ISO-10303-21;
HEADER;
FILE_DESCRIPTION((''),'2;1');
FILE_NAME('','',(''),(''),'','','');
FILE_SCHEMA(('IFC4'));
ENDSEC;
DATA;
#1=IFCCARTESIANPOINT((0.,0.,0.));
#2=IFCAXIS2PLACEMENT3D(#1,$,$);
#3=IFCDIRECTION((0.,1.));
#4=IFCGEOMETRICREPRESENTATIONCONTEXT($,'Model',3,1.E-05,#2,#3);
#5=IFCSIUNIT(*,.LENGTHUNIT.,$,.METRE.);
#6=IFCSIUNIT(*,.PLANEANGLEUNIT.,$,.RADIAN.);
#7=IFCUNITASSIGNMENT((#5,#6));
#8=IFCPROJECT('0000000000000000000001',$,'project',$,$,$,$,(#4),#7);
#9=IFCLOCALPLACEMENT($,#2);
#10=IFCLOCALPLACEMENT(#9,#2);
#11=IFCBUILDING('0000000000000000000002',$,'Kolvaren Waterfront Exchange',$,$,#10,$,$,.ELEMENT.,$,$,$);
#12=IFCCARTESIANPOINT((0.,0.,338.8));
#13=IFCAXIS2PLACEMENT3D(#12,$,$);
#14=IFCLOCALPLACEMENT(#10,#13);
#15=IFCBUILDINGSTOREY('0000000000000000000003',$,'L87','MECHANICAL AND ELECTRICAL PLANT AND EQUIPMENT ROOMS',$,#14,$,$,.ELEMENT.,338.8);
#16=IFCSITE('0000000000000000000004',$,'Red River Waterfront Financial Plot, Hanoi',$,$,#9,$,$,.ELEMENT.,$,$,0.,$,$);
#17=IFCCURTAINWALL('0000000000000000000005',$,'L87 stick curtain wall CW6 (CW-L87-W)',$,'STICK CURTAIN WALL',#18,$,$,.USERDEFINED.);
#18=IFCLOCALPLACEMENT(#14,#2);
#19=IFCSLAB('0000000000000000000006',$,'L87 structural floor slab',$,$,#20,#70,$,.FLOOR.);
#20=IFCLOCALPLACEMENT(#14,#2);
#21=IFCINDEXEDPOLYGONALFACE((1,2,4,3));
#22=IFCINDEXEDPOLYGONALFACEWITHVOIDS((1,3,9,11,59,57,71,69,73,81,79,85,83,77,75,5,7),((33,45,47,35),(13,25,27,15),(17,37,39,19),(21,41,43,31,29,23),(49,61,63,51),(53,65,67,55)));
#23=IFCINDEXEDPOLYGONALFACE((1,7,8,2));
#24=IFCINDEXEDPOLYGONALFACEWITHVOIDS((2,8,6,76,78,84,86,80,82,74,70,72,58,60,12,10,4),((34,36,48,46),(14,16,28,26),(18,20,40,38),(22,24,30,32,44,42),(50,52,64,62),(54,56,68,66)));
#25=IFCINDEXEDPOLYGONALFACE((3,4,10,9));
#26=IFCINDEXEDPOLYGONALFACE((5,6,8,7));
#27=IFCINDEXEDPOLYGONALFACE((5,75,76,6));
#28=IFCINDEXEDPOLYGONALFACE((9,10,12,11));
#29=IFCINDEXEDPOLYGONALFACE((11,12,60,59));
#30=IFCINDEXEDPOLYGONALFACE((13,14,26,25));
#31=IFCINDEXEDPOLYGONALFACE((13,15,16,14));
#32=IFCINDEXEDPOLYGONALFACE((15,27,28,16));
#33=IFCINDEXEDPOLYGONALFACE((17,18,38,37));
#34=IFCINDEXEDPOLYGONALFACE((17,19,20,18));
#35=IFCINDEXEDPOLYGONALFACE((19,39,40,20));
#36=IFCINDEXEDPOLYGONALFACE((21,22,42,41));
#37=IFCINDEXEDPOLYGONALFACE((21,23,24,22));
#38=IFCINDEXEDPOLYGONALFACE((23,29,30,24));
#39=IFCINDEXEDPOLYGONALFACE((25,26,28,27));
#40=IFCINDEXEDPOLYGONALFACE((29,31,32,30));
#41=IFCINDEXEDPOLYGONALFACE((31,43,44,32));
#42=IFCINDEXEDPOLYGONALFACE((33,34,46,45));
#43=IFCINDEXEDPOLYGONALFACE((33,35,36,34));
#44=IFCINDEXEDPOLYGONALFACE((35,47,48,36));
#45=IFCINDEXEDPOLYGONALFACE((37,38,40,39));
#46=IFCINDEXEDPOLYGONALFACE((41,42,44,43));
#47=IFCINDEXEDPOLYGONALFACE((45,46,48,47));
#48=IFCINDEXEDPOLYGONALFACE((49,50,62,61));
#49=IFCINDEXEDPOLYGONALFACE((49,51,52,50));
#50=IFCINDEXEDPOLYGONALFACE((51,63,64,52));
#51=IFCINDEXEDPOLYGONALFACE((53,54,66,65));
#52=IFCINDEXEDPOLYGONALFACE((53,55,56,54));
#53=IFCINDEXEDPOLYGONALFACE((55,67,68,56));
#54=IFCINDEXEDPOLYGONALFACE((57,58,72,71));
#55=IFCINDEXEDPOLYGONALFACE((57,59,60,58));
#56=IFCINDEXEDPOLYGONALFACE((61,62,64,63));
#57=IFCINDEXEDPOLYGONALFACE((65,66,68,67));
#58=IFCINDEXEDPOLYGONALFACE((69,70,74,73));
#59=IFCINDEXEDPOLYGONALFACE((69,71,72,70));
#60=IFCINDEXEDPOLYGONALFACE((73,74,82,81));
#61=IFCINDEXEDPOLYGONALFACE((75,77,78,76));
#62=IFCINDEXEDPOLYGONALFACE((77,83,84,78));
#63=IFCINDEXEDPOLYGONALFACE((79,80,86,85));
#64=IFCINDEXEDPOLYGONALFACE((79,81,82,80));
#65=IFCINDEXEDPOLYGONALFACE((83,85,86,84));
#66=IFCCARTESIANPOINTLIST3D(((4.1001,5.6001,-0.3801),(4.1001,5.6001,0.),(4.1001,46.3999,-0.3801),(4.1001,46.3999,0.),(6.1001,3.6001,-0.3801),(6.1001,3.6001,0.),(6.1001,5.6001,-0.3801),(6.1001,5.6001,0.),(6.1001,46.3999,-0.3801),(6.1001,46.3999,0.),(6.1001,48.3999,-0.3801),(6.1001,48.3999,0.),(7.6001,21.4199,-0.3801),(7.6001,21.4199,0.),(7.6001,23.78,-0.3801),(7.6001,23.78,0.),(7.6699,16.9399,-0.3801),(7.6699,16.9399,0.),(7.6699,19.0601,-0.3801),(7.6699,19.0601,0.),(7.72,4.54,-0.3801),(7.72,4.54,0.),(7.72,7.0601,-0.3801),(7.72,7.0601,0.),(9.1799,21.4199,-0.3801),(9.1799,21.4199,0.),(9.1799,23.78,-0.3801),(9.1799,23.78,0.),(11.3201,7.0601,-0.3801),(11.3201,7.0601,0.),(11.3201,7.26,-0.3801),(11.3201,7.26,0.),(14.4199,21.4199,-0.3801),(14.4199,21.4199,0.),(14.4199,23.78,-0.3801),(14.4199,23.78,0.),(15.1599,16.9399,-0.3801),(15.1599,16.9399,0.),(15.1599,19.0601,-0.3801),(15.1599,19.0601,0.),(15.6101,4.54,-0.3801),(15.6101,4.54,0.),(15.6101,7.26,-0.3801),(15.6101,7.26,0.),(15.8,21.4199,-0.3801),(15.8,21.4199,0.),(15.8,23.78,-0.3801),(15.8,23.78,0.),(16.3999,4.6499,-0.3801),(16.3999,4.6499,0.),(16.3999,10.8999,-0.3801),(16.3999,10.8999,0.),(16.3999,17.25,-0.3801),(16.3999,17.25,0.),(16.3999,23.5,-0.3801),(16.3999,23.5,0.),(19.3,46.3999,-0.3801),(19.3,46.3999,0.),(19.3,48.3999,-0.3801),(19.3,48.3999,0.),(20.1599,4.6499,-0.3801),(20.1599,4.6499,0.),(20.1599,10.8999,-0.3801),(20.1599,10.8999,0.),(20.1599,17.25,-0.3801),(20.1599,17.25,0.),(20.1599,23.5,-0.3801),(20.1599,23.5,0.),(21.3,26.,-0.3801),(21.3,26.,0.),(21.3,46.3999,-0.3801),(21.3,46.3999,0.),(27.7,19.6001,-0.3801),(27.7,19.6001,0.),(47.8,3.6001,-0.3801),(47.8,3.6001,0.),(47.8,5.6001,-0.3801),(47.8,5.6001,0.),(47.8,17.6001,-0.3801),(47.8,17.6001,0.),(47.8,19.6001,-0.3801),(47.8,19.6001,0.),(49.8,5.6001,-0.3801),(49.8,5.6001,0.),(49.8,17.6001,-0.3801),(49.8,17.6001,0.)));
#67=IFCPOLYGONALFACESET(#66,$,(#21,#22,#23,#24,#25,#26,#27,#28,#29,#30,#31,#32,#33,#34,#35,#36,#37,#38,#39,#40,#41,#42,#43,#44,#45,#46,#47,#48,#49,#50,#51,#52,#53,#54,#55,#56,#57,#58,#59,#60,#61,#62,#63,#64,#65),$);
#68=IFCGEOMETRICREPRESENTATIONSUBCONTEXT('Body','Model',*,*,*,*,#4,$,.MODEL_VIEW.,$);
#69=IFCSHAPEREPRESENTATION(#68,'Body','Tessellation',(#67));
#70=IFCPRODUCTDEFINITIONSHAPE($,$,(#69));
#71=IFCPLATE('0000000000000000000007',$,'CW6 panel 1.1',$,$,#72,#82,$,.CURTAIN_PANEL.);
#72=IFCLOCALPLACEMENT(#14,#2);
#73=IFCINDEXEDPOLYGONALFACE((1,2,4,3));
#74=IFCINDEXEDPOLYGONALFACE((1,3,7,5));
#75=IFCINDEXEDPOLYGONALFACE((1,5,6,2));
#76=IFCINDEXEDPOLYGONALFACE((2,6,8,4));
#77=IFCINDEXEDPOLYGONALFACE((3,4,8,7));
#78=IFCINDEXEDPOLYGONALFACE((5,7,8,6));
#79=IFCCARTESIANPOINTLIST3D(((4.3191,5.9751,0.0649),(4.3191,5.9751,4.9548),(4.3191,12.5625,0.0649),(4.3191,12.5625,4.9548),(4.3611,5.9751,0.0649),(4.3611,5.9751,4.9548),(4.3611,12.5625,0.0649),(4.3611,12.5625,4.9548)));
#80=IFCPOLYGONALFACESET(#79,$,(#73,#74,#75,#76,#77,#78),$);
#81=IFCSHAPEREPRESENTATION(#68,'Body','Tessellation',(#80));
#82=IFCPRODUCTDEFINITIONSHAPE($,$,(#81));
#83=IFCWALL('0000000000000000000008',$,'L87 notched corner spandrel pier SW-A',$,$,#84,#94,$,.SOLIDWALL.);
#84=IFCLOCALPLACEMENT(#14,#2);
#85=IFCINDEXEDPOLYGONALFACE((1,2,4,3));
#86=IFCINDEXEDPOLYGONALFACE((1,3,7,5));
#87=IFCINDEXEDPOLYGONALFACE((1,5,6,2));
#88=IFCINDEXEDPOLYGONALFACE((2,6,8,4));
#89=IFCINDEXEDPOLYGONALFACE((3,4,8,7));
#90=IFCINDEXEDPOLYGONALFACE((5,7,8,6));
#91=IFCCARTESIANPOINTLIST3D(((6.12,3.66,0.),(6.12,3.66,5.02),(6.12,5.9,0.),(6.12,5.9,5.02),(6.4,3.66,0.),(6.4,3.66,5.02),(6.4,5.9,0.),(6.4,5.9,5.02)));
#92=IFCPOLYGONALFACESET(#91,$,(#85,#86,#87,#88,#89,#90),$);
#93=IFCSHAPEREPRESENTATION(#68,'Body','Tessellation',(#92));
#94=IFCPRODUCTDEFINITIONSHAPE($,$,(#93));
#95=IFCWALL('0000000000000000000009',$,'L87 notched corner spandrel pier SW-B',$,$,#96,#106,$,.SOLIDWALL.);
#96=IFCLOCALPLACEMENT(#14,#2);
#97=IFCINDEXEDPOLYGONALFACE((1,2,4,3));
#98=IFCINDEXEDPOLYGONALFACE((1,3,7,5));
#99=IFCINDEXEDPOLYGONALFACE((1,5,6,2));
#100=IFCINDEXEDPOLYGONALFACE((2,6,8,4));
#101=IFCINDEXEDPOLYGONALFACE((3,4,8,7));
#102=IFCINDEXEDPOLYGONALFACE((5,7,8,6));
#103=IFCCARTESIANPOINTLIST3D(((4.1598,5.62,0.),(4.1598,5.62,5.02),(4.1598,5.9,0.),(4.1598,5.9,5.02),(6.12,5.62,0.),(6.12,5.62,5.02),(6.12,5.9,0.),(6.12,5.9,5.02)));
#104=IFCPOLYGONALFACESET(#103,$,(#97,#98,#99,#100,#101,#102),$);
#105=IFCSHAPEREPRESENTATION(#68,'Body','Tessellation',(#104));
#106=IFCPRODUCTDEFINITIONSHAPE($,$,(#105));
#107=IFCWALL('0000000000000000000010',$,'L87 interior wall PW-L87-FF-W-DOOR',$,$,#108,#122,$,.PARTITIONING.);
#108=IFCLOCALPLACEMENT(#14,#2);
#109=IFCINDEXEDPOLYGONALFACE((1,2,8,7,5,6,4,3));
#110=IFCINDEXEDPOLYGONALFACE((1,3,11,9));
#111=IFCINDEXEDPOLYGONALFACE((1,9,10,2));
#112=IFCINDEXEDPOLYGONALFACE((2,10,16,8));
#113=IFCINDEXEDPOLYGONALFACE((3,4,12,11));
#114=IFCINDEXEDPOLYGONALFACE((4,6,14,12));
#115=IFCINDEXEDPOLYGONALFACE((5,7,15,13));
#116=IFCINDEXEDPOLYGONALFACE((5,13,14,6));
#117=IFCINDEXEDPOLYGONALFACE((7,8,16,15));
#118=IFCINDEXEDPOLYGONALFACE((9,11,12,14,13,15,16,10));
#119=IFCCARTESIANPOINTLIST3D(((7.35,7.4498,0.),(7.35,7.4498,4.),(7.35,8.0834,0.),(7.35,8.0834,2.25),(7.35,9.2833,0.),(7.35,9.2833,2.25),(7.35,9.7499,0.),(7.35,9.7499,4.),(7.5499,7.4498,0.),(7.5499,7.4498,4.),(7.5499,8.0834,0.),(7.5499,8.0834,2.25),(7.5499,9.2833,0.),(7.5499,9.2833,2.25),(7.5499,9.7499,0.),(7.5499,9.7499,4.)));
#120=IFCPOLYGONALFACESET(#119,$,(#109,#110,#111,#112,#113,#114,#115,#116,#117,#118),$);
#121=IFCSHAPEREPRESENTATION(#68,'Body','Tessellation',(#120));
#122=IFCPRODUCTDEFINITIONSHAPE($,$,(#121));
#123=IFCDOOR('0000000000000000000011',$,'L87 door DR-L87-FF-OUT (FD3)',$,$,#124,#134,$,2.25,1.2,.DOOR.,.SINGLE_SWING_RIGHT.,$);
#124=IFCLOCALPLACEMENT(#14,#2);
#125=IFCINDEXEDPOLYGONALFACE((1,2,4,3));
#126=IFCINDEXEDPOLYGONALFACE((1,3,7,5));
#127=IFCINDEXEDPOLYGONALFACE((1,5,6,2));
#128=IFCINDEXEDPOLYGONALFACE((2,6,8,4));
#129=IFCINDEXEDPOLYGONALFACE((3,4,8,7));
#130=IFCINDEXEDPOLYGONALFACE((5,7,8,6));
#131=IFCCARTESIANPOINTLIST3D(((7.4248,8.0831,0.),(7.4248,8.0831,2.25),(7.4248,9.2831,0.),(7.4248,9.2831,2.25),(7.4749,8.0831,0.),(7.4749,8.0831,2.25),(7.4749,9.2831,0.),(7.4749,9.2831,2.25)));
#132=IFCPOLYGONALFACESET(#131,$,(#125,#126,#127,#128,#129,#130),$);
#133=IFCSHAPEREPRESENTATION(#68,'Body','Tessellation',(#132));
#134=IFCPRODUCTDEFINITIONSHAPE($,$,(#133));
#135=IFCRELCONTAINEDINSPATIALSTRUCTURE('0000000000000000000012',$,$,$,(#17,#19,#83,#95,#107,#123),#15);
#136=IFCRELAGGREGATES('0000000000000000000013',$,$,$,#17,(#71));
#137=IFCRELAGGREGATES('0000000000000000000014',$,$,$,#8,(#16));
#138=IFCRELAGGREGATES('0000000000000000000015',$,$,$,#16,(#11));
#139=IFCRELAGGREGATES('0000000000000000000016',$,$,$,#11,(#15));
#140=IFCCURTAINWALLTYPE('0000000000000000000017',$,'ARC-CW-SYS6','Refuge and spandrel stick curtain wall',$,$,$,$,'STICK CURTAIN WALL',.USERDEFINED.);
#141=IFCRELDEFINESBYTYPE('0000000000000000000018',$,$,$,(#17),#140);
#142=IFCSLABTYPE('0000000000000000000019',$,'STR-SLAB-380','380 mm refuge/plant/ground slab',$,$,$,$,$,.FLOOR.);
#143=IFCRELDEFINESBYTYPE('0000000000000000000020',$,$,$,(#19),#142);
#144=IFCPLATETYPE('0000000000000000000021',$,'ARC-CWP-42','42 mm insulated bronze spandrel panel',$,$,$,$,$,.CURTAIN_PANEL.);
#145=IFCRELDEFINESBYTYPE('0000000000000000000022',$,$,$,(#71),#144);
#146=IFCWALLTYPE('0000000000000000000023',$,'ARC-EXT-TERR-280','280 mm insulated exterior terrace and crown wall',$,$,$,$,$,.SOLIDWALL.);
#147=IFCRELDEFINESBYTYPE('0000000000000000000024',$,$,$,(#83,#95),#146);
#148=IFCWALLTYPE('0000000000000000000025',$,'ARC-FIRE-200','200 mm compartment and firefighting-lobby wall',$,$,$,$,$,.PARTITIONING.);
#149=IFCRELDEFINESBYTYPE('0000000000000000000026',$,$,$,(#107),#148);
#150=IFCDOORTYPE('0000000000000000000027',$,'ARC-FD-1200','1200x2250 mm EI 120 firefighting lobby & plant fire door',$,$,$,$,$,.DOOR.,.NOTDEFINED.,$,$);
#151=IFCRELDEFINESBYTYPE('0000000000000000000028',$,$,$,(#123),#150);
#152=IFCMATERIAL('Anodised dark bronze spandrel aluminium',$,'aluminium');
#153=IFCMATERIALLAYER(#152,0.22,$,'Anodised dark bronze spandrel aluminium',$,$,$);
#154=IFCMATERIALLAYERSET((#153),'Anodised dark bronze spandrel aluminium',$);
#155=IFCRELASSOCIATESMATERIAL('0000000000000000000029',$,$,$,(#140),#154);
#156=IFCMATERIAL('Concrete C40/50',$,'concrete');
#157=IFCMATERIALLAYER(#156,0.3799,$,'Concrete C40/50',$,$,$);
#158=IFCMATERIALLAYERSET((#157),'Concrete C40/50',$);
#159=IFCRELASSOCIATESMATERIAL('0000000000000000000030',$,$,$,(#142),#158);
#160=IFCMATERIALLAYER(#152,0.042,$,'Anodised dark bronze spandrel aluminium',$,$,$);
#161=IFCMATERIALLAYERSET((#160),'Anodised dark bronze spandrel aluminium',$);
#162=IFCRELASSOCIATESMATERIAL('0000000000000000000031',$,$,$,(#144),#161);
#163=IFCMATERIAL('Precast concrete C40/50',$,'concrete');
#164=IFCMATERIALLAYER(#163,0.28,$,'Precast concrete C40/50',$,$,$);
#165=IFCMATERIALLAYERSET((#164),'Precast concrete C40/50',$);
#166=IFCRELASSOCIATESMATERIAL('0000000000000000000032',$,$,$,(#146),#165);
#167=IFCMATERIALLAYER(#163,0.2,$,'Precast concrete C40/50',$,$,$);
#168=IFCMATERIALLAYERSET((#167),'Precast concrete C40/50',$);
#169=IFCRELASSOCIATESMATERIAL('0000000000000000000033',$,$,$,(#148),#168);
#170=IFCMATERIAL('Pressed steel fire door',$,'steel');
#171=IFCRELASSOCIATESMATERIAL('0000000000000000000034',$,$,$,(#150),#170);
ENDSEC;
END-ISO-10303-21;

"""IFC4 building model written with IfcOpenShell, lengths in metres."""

from ifc_helpers import new_model, si_unit, direction, frame, frame_2d, origin, origin_with_axes, origin_2d, place, context, subcontext, project, spatial, polyline, rectangle, outline, extrude, source, transform, mapped, material, layer, layer_set, type_object, element, fill, aggregate, save


model = new_model("IFC4")

# Units and contexts
model_context = context("Model", 3, precision=1e-05, world=origin(), true_north=direction((0.0, 1.0)))
body_context = subcontext(model_context, "Body", "Model", "MODEL_VIEW")
ifc_project = project(units=[si_unit("LENGTHUNIT", "METRE"), si_unit("PLANEANGLEUNIT", "RADIAN")], contexts=[model_context])

# Site, building, storey
site_placement = place(None, origin())
site = spatial("IfcSite", under=ifc_project, at=site_placement, Name="Red River Waterfront Financial Plot, Hanoi", CompositionType="ELEMENT", RefElevation=0.0)
building_placement = place(site_placement, origin())
building = spatial("IfcBuilding", under=site, at=building_placement, Name="Kolvaren Waterfront Exchange", CompositionType="ELEMENT")
storey_placement = place(building_placement, frame((0.0, 0.0, 338.8)))
storey = spatial("IfcBuildingStorey", under=building, at=storey_placement, Name="L87", Description="MECHANICAL AND ELECTRICAL PLANT AND EQUIPMENT ROOMS", CompositionType="ELEMENT", Elevation=338.8)

# Curtain wall
ifc_material_1 = material(Name="Anodised dark bronze spandrel aluminium", Category="aluminium")
ifc_layer_1 = layer(ifc_material_1, 0.22, Name="Anodised dark bronze spandrel aluminium")
ifc_layer_set_1 = layer_set([ifc_layer_1], Name="Anodised dark bronze spandrel aluminium")
curtain_wall_type = type_object("IfcCurtainWallType", Name="ARC-CW-SYS6", Description="Refuge and spandrel stick curtain wall", ElementType="STICK CURTAIN WALL", PredefinedType="USERDEFINED", material=ifc_layer_set_1)
curtain_wall_1_placement = place(storey_placement, origin())
curtain_wall_1 = element("IfcCurtainWall", 1, at=curtain_wall_1_placement, inside=storey, type_object=curtain_wall_type, Name="L87 stick curtain wall CW6 (CW-L87-W)", ObjectType="STICK CURTAIN WALL", PredefinedType="USERDEFINED")

# Shared definitions
ifc_material_2 = material(Name="Concrete C40/50", Category="concrete")

# Slab
ifc_layer_2 = layer(ifc_material_2, 0.3799, Name="Concrete C40/50")
ifc_layer_set_2 = layer_set([ifc_layer_2], Name="Concrete C40/50")
slab_type_1 = type_object("IfcSlabType", Name="STR-SLAB-380", Description="380 mm refuge/plant/ground slab", PredefinedType="FLOOR", material=ifc_layer_set_2)
slab_1_placement = place(storey_placement, frame((0.0, 0.0, -0.3801)))
element("IfcSlab", 2, at=slab_1_placement, inside=storey, type_object=slab_type_1, Name="L87 structural floor slab", PredefinedType="FLOOR", context=body_context, shape_type="SweptSolid", body=[
    extrude(outline(polyline([(6.1001, 3.6001), (47.8, 3.6001), (47.8, 5.6001), (49.8, 5.6001), (49.8, 17.6001), (47.8, 17.6001), (47.8, 19.6001), (27.7, 19.6001), (21.3, 26.0), (21.3, 46.3999), (19.3, 46.3999), (19.3, 48.3999), (6.1001, 48.3999), (6.1001, 46.3999), (4.1001, 46.3999), (4.1001, 5.6001), (6.1001, 5.6001), (6.1001, 3.6001)]), holes=[polyline([(11.3201, 7.26), (15.6101, 7.26), (15.6101, 4.54), (7.72, 4.54), (7.72, 7.0601), (11.3201, 7.0601), (11.3201, 7.26)]), polyline([(20.1599, 10.8999), (20.1599, 4.6499), (16.3999, 4.6499), (16.3999, 10.8999), (20.1599, 10.8999)]), polyline([(7.6699, 19.0601), (15.1599, 19.0601), (15.1599, 16.9399), (7.6699, 16.9399), (7.6699, 19.0601)]), polyline([(16.3999, 17.25), (16.3999, 23.5), (20.1599, 23.5), (20.1599, 17.25), (16.3999, 17.25)]), polyline([(7.6001, 23.78), (9.1799, 23.78), (9.1799, 21.4199), (7.6001, 21.4199), (7.6001, 23.78)]), polyline([(14.4199, 23.78), (15.8, 23.78), (15.8, 21.4199), (14.4199, 21.4199), (14.4199, 23.78)])]), origin(), (0.0, 0.0, 1.0), 0.3801),
])

# Plate
ifc_layer_3 = layer(ifc_material_1, 0.042, Name="Anodised dark bronze spandrel aluminium")
ifc_layer_set_3 = layer_set([ifc_layer_3], Name="Anodised dark bronze spandrel aluminium")
plate_type = type_object("IfcPlateType", Name="ARC-CWP-42", Description="42 mm insulated bronze spandrel panel", PredefinedType="CURTAIN_PANEL", material=ifc_layer_set_3)
shared_shape_1 = source(origin_with_axes(), body_context, "Body", "SweptSolid", [
    extrude(rectangle(XDim=6.5874, YDim=0.042, at=origin_2d()), origin(), (0.0, 0.0, 1.0), 4.8899),
])
plate_placement = place(storey_placement, frame((4.3401, 9.2688, 0.0649), z_axis=(0.0, 0.0, 1.0), x_axis=(0.0, 1.0, 0.0)))
plate = element("IfcPlate", 3, at=plate_placement, type_object=plate_type, Name="CW6 panel 1.1", PredefinedType="CURTAIN_PANEL", context=body_context, shape_type="MappedRepresentation", body=[
    mapped(shared_shape_1, transform((0.0, 0.0, 0.0), x_axis=(1.0, 0.0, 0.0), y_axis=(0.0, 1.0, 0.0), z_axis=(0.0, 0.0, 1.0), scale=1.0)),
])
aggregate(curtain_wall_1, [plate])

# Walls
ifc_material_3 = material(Name="Precast concrete C40/50", Category="concrete")
ifc_layer_4 = layer(ifc_material_3, 0.28, Name="Precast concrete C40/50")
ifc_layer_set_4 = layer_set([ifc_layer_4], Name="Precast concrete C40/50")
wall_type_1 = type_object("IfcWallType", Name="ARC-EXT-TERR-280", Description="280 mm insulated exterior terrace and crown wall", PredefinedType="SOLIDWALL", material=ifc_layer_set_4)
wall_1_placement = place(storey_placement, frame((6.26, 3.6599, 0.0), z_axis=(0.0, 0.0, 1.0), x_axis=(0.0, 1.0, 0.0)))
element("IfcWall", 4, at=wall_1_placement, inside=storey, type_object=wall_type_1, Name="L87 notched corner spandrel pier SW-A", PredefinedType="SOLIDWALL", context=body_context, shape_type="SweptSolid", body=[
    extrude(rectangle(XDim=2.24, YDim=0.28, at=frame_2d((1.1201, 0.0))), origin(), (0.0, 0.0, 1.0), 5.02),
])
wall_2_placement = place(storey_placement, frame((4.1599, 5.76, 0.0), z_axis=(0.0, 0.0, 1.0), x_axis=(1.0, 0.0, 0.0)))
element("IfcWall", 5, at=wall_2_placement, inside=storey, type_object=wall_type_1, Name="L87 notched corner spandrel pier SW-B", PredefinedType="SOLIDWALL", context=body_context, shape_type="SweptSolid", body=[
    extrude(rectangle(XDim=1.9602, YDim=0.28, at=frame_2d((0.98, 0.0))), origin(), (0.0, 0.0, 1.0), 5.02),
])

# Wall, opening, door
ifc_layer_5 = layer(ifc_material_3, 0.2, Name="Precast concrete C40/50")
ifc_layer_set_5 = layer_set([ifc_layer_5], Name="Precast concrete C40/50")
wall_type_2 = type_object("IfcWallType", Name="ARC-FIRE-200", Description="200 mm compartment and firefighting-lobby wall", PredefinedType="PARTITIONING", material=ifc_layer_set_5)
wall_3_placement = place(storey_placement, frame((7.45, 7.45, 0.0), z_axis=(0.0, 0.0, 1.0), x_axis=(0.0, 1.0, 0.0)))
wall_3 = element("IfcWall", 6, at=wall_3_placement, inside=storey, type_object=wall_type_2, Name="L87 interior wall PW-L87-FF-W-DOOR", PredefinedType="PARTITIONING", context=body_context, shape_type="SweptSolid", body=[
    extrude(rectangle(XDim=2.3, YDim=0.2, at=frame_2d((1.1499, 0.0))), origin(), (0.0, 0.0, 1.0), 4.0),
])
opening_1_placement = place(wall_3_placement, frame((0.6333, 0.0, 0.0)))
opening_1 = element("IfcOpeningElement", 7, at=opening_1_placement, cuts=wall_3, PredefinedType="OPENING", context=body_context, shape_type="SweptSolid", body=[
    extrude(rectangle(XDim=1.2, YDim=2.25, at=frame_2d((0.6001, 1.125))), frame((0.0, 0.1099, 0.0), z_axis=(0.0, -1.0, 0.0), x_axis=(1.0, 0.0, 0.0)), (0.0, 0.0, 1.0), 0.22),
])
ifc_material_4 = material(Name="Pressed steel fire door", Category="steel")
door_type_1 = type_object("IfcDoorType", Name="ARC-FD-1200", Description="1200x2250 mm EI 120 firefighting lobby & plant fire door", OperationType="NOTDEFINED", PredefinedType="DOOR", material=ifc_material_4)
door_1_placement = place(opening_1_placement, frame((1.2, 0.0, 0.0), z_axis=(0.0, 0.0, 1.0), x_axis=(-1.0, 0.0, 0.0)))
door_1 = element("IfcDoor", 8, at=door_1_placement, inside=storey, type_object=door_type_1, Name="L87 door DR-L87-FF-OUT (FD3)", OperationType="SINGLE_SWING_RIGHT", OverallHeight=2.25, OverallWidth=1.2, PredefinedType="DOOR", context=body_context, shape_type="SweptSolid", body=[
    extrude(rectangle(XDim=1.2, YDim=2.25, at=frame_2d((0.6001, 1.125))), frame((0.0, 0.0249, 0.0), z_axis=(0.0, -1.0, 0.0), x_axis=(1.0, 0.0, 0.0)), (0.0, 0.0, 1.0), 0.05),
])
fill(opening_1, door_1)

save(model, "model.ifc")
